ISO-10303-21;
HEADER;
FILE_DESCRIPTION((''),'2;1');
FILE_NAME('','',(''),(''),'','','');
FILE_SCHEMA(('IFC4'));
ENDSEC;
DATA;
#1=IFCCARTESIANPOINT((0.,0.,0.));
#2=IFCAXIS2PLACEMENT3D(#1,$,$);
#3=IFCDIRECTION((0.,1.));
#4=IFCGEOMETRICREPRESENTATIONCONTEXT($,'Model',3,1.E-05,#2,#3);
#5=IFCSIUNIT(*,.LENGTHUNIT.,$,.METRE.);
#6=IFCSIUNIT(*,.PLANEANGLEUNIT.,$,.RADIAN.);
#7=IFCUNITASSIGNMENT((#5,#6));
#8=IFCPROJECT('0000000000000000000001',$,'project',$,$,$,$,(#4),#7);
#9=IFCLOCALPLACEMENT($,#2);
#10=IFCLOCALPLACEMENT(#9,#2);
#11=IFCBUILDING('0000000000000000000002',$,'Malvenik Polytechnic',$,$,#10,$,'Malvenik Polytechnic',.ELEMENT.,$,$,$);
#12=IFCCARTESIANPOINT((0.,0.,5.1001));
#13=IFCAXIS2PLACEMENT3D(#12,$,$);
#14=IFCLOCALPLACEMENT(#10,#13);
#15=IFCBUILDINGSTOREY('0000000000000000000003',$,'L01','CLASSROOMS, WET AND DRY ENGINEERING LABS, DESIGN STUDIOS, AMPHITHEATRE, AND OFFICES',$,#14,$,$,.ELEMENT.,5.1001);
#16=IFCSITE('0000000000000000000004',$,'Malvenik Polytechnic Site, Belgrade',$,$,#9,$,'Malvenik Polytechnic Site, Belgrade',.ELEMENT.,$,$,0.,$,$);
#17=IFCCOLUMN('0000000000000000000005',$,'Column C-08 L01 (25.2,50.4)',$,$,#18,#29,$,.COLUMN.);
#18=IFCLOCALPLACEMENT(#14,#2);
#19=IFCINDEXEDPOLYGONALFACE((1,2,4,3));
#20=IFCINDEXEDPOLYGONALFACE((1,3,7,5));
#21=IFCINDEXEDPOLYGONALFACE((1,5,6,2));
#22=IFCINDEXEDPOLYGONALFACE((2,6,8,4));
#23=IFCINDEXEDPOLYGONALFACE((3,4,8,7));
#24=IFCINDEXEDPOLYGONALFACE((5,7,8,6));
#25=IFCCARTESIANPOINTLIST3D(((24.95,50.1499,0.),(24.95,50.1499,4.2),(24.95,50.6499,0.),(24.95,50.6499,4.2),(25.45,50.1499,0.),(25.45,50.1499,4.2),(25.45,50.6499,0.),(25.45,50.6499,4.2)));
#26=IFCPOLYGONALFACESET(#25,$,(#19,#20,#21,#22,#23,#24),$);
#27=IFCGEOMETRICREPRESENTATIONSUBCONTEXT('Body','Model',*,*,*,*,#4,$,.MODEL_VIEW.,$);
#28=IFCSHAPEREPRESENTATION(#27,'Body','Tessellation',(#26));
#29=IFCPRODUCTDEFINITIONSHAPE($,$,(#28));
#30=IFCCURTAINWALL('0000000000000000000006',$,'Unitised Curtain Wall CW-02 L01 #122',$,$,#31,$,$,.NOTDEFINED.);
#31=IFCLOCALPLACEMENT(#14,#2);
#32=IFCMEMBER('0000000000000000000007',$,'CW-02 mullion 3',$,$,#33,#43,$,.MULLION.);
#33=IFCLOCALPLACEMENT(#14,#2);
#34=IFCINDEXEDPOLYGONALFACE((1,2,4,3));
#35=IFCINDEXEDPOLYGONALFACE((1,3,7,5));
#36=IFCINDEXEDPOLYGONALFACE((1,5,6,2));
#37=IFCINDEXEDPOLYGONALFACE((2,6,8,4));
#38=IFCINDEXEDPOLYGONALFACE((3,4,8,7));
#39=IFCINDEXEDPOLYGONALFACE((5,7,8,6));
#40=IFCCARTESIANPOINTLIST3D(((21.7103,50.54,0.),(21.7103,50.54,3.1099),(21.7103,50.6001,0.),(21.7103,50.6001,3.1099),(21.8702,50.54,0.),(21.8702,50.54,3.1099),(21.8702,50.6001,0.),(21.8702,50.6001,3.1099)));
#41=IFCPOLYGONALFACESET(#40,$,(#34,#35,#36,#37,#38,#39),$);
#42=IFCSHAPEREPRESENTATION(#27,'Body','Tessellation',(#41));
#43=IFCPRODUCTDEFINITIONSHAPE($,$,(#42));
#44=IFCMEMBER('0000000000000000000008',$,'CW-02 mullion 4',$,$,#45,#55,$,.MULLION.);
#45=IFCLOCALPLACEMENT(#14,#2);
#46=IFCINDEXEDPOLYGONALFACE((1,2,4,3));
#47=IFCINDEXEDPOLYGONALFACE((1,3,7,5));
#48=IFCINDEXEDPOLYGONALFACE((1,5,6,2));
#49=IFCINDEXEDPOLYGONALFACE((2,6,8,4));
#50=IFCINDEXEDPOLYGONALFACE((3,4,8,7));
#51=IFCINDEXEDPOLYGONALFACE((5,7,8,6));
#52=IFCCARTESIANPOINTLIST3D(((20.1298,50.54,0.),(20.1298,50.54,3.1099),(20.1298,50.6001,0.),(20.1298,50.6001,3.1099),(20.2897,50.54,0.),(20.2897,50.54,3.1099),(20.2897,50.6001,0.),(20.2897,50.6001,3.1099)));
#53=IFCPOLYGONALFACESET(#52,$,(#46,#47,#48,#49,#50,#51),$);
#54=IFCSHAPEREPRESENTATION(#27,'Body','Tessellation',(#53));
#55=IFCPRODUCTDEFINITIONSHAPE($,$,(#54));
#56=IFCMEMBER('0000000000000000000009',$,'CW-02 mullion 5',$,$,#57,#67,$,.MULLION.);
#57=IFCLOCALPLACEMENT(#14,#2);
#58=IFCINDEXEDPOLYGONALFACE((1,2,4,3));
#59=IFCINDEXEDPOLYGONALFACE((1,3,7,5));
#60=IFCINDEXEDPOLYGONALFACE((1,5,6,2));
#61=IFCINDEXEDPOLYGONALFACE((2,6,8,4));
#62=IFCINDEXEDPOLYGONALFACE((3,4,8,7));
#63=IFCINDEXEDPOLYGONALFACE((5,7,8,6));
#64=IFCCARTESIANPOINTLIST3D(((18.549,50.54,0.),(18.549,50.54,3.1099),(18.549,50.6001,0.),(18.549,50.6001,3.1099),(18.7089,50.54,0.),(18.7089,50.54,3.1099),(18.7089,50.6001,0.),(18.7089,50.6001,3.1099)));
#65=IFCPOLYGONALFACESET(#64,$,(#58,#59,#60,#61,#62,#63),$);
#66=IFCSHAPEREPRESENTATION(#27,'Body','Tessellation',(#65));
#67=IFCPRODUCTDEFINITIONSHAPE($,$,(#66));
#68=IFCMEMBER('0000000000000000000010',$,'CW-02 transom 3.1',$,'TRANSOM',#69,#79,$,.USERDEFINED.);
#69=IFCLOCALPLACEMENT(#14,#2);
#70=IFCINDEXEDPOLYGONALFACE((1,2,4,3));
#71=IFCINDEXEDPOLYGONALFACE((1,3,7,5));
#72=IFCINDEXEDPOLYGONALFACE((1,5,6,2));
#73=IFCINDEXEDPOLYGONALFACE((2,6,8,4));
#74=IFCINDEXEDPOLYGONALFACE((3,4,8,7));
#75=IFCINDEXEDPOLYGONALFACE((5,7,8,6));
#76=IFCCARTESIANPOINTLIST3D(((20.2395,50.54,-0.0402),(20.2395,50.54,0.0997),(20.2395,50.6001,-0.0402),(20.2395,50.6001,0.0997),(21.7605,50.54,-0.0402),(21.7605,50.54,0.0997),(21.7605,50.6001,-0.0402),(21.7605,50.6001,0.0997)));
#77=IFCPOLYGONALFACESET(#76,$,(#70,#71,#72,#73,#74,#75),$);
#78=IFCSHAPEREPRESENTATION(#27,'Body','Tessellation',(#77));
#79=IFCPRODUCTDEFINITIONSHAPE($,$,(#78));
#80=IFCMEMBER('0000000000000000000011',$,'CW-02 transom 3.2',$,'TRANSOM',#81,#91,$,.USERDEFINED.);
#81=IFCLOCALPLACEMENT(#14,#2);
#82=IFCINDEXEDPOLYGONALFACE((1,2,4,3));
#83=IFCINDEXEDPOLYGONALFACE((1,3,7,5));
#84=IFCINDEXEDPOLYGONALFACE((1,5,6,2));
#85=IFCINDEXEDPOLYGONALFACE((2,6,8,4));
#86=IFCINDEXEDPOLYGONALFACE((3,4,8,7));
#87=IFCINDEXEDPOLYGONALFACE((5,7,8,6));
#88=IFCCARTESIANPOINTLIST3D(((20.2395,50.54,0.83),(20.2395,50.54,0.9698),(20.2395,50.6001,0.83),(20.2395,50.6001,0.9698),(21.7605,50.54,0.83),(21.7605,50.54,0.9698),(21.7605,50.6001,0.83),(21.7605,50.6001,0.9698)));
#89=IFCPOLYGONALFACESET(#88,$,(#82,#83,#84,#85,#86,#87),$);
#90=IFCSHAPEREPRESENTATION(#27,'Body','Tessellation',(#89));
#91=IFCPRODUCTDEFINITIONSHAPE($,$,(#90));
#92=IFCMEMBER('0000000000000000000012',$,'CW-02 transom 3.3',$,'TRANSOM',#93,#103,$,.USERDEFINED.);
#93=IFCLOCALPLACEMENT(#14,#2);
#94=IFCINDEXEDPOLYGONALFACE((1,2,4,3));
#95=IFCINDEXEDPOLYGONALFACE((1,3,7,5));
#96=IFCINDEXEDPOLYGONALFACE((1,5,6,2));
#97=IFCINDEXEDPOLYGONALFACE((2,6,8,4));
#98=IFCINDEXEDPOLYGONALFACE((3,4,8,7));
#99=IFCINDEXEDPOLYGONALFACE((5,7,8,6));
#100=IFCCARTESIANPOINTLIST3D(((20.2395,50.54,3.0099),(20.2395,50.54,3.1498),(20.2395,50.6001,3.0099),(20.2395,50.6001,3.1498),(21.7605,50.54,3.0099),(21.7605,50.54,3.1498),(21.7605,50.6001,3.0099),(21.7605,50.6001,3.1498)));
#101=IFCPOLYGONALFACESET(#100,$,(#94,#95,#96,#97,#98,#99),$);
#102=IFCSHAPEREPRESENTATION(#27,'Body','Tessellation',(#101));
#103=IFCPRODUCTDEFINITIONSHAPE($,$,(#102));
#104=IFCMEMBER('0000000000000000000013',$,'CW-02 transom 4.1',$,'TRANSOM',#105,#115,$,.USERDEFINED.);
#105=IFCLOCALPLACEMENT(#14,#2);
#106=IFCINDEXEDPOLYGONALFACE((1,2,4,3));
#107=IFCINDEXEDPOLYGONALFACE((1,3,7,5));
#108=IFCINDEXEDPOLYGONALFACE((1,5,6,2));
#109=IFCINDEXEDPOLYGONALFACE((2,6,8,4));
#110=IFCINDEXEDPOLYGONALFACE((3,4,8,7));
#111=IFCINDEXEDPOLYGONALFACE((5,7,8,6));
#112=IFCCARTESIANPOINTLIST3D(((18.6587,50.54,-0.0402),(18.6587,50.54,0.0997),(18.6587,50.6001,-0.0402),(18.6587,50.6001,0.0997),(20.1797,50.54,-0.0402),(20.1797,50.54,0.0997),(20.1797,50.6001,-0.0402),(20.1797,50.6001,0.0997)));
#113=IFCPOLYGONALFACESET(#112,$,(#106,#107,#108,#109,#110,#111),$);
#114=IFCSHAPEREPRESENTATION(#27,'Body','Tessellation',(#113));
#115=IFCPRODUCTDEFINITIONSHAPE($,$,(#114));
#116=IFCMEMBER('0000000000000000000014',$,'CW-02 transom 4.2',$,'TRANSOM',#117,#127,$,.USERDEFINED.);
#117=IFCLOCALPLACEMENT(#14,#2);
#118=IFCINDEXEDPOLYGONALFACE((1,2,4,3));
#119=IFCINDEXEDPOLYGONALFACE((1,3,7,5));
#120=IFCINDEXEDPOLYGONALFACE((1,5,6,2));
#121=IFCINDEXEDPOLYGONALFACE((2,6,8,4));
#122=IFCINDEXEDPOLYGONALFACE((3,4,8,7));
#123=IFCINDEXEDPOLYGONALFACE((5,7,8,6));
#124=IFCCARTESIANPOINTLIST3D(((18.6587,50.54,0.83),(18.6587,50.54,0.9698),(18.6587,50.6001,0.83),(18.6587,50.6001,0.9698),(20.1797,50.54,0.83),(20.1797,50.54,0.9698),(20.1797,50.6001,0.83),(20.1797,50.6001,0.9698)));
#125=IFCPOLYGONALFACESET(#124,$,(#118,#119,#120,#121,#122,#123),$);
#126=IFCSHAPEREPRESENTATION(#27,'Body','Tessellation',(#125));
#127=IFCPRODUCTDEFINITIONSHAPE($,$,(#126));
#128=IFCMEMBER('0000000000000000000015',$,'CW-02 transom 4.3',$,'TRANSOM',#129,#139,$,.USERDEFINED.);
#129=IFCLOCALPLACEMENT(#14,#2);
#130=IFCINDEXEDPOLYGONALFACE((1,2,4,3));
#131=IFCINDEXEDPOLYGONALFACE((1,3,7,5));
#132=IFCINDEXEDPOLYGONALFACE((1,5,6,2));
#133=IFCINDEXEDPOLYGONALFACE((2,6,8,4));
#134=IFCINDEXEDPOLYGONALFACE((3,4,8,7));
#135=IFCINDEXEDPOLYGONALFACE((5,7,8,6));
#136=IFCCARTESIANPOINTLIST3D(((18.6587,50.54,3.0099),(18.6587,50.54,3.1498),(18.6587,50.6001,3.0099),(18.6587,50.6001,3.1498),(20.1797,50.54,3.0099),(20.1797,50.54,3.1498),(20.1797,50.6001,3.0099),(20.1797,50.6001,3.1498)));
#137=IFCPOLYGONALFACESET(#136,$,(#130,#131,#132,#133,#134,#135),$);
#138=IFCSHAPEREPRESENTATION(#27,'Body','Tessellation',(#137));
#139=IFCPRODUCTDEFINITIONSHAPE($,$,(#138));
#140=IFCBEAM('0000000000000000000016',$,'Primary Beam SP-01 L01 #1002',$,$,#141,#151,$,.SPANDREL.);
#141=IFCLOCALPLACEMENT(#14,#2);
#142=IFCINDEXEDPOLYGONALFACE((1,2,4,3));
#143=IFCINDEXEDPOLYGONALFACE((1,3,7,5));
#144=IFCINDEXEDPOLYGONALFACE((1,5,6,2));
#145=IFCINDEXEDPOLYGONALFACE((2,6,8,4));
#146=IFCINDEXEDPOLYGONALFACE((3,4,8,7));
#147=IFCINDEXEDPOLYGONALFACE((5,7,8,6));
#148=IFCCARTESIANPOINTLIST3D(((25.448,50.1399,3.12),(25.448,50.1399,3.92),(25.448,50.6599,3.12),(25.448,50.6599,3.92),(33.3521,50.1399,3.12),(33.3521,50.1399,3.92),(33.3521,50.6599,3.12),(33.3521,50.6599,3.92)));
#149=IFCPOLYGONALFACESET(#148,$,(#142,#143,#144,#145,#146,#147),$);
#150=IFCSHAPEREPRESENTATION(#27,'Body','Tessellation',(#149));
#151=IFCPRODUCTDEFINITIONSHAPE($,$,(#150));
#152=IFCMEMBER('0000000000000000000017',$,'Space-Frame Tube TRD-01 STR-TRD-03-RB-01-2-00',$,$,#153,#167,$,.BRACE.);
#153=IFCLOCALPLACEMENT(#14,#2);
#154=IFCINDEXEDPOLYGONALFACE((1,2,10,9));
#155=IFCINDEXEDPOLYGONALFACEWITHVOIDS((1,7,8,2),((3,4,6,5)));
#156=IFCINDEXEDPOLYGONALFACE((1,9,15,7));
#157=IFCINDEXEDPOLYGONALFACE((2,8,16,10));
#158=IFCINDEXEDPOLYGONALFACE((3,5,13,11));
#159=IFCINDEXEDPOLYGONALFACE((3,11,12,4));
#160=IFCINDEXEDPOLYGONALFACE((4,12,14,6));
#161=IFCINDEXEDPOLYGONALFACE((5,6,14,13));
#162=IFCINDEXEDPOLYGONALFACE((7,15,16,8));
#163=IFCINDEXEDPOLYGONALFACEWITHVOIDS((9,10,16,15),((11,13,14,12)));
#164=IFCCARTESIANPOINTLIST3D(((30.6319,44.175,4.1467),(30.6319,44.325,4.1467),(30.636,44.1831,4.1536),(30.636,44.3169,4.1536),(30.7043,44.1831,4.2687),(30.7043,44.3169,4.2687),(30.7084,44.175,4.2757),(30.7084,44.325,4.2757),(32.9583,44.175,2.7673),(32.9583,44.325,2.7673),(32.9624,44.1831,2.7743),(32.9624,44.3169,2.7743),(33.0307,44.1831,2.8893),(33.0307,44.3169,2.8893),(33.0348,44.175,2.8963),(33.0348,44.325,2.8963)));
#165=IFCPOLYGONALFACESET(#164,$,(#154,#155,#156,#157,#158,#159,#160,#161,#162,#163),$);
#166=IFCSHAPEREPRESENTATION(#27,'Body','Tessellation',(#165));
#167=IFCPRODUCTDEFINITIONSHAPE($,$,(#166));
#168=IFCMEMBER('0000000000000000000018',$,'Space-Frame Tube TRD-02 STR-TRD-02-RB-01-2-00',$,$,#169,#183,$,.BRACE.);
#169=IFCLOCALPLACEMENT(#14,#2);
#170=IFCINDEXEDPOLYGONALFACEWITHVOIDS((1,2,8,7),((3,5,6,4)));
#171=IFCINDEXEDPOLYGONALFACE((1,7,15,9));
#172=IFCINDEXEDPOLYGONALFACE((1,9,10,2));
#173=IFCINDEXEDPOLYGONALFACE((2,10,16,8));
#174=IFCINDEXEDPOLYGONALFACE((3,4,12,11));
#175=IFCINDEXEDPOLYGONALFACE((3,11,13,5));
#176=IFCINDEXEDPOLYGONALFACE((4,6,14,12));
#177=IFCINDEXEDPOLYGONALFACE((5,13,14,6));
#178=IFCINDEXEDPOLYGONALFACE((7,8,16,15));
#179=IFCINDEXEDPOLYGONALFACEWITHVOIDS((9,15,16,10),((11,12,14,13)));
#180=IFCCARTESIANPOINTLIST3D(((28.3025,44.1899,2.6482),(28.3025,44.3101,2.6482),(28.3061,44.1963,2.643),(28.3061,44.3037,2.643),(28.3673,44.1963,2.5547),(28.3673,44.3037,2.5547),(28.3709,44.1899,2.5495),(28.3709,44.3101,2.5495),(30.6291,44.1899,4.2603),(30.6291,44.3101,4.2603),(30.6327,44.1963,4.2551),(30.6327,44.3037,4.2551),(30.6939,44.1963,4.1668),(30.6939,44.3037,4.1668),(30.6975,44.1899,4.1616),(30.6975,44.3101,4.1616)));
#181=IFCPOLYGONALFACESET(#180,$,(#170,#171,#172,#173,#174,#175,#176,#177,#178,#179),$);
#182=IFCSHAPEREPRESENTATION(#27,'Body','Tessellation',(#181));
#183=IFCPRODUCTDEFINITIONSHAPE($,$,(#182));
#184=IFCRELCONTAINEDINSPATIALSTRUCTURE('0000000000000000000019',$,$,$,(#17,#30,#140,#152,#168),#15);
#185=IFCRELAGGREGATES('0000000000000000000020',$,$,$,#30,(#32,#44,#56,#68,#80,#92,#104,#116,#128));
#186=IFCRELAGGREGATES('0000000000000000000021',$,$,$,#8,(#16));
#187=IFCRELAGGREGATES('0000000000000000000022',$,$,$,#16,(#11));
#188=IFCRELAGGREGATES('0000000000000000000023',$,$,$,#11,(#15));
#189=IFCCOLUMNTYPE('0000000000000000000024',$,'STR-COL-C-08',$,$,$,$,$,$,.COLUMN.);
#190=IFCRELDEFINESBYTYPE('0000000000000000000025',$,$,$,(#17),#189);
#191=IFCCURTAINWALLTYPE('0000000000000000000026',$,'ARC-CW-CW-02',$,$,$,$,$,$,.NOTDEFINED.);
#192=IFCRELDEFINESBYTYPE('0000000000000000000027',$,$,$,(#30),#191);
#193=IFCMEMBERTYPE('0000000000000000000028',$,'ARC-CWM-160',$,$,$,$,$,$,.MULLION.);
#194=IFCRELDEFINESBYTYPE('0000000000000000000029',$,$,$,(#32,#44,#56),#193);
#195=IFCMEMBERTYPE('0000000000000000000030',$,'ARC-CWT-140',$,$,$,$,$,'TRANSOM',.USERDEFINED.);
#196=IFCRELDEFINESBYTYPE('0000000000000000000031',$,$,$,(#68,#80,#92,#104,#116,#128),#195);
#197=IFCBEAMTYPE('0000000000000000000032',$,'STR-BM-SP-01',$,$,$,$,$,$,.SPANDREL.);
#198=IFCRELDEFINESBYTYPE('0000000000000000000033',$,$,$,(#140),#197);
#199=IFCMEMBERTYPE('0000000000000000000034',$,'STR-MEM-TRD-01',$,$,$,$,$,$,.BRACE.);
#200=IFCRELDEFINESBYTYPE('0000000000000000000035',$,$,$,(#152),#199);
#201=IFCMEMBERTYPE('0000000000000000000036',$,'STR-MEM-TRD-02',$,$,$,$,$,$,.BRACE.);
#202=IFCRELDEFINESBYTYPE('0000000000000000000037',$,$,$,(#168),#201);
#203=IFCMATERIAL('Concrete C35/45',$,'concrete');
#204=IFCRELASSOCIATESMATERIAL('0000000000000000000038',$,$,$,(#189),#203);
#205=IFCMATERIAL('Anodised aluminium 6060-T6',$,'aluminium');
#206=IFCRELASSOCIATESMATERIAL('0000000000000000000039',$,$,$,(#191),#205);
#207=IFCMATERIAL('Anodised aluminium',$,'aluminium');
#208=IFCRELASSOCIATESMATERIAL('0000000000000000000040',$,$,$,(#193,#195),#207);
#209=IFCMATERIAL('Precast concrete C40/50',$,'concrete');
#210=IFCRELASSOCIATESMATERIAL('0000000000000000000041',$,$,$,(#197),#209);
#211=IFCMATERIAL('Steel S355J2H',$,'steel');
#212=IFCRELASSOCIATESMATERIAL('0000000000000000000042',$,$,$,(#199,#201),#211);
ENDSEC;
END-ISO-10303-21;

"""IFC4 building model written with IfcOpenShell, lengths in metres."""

from ifc_helpers import new_model, si_unit, direction, frame, origin, origin_2d, place, context, subcontext, project, spatial, rectangle, hollow_rectangle, extrude, material, material_profile, profile_set, type_object, element, aggregate, save


model = new_model("IFC4")

# Units and contexts
model_context = context("Model", 3, precision=1e-05, world=origin(), true_north=direction((0.0, 1.0)))
body_context = subcontext(model_context, "Body", "Model", "MODEL_VIEW")
ifc_project = project(units=[si_unit("LENGTHUNIT", "METRE"), si_unit("PLANEANGLEUNIT", "RADIAN")], contexts=[model_context])

# Site, building, storey
site_placement = place(None, origin())
site = spatial("IfcSite", under=ifc_project, at=site_placement, Name="Malvenik Polytechnic Site, Belgrade", LongName="Malvenik Polytechnic Site, Belgrade", CompositionType="ELEMENT", RefElevation=0.0)
building_placement = place(site_placement, origin())
building = spatial("IfcBuilding", under=site, at=building_placement, Name="Malvenik Polytechnic", LongName="Malvenik Polytechnic", CompositionType="ELEMENT")
storey_placement = place(building_placement, frame((0.0, 0.0, 5.1001)))
storey = spatial("IfcBuildingStorey", under=building, at=storey_placement, Name="L01", Description="CLASSROOMS, WET AND DRY ENGINEERING LABS, DESIGN STUDIOS, AMPHITHEATRE, AND OFFICES", CompositionType="ELEMENT", Elevation=5.1001)

# Column
ifc_material_1 = material(Name="Concrete C35/45", Category="concrete")
ifc_material_profile_1 = material_profile(ifc_material_1, rectangle(XDim=0.5, YDim=0.5, at=origin_2d()), Name="RC COL 500x500")
ifc_profile_set_1 = profile_set([ifc_material_profile_1], Name="Concrete C35/45")
column_type = type_object("IfcColumnType", Name="STR-COL-C-08", PredefinedType="COLUMN", material=ifc_profile_set_1)
column_placement = place(storey_placement, frame((25.2, 50.3999, 0.0), z_axis=(0.0, 0.0, 1.0), x_axis=(1.0, 0.0, 0.0)))
element("IfcColumn", 1, at=column_placement, inside=storey, type_object=column_type, Name="Column C-08 L01 (25.2,50.4)", PredefinedType="COLUMN", context=body_context, shape_type="SweptSolid", body=[
    extrude(rectangle(XDim=0.5, YDim=0.5, at=origin_2d()), origin(), (0.0, 0.0, 1.0), 4.2),
])

# Curtain wall, members
ifc_material_2 = material(Name="Anodised aluminium 6060-T6", Category="aluminium")
curtain_wall_type = type_object("IfcCurtainWallType", Name="ARC-CW-CW-02", PredefinedType="NOTDEFINED", material=ifc_material_2)
curtain_wall_placement = place(storey_placement, origin())
curtain_wall = element("IfcCurtainWall", 2, at=curtain_wall_placement, inside=storey, type_object=curtain_wall_type, Name="Unitised Curtain Wall CW-02 L01 #122", PredefinedType="NOTDEFINED")
ifc_material_3 = material(Name="Anodised aluminium", Category="aluminium")
ifc_material_profile_2 = material_profile(ifc_material_3, rectangle(XDim=0.0601, YDim=0.1599, at=origin_2d()), Name="ALU MULLION 60x160")
ifc_profile_set_2 = profile_set([ifc_material_profile_2], Name="Anodised aluminium")
member_type_1 = type_object("IfcMemberType", Name="ARC-CWM-160", PredefinedType="MULLION", material=ifc_profile_set_2)
member_1_placement = place(storey_placement, frame((21.7903, 50.5701, 0.0), z_axis=(0.0, 0.0, 1.0), x_axis=(0.0, -1.0, 0.0)))
member_1 = element("IfcMember", 3, at=member_1_placement, type_object=member_type_1, Name="CW-02 mullion 3", PredefinedType="MULLION", context=body_context, shape_type="SweptSolid", body=[
    extrude(rectangle(XDim=0.0601, YDim=0.1599, at=origin_2d()), origin(), (0.0, 0.0, 1.0), 3.1099),
])
member_2_placement = place(storey_placement, frame((20.2097, 50.5701, 0.0), z_axis=(0.0, 0.0, 1.0), x_axis=(0.0, -1.0, 0.0)))
member_2 = element("IfcMember", 4, at=member_2_placement, type_object=member_type_1, Name="CW-02 mullion 4", PredefinedType="MULLION", context=body_context, shape_type="SweptSolid", body=[
    extrude(rectangle(XDim=0.0601, YDim=0.1599, at=origin_2d()), origin(), (0.0, 0.0, 1.0), 3.1099),
])
member_3_placement = place(storey_placement, frame((18.6289, 50.5701, 0.0), z_axis=(0.0, 0.0, 1.0), x_axis=(0.0, -1.0, 0.0)))
member_3 = element("IfcMember", 5, at=member_3_placement, type_object=member_type_1, Name="CW-02 mullion 5", PredefinedType="MULLION", context=body_context, shape_type="SweptSolid", body=[
    extrude(rectangle(XDim=0.0601, YDim=0.1599, at=origin_2d()), origin(), (0.0, 0.0, 1.0), 3.1099),
])
ifc_material_profile_3 = material_profile(ifc_material_3, rectangle(XDim=0.0601, YDim=0.1399, at=origin_2d()), Name="ALU TRANSOM 60x140")
ifc_profile_set_3 = profile_set([ifc_material_profile_3], Name="Anodised aluminium")
member_type_2 = type_object("IfcMemberType", Name="ARC-CWT-140", ElementType="TRANSOM", PredefinedType="USERDEFINED", material=ifc_profile_set_3)
member_4_placement = place(storey_placement, frame((21.7605, 50.5701, 0.0298), z_axis=(-1.0, 0.0, 0.0), x_axis=(0.0, -1.0, 0.0)))
member_4 = element("IfcMember", 6, at=member_4_placement, type_object=member_type_2, Name="CW-02 transom 3.1", ObjectType="TRANSOM", PredefinedType="USERDEFINED", context=body_context, shape_type="SweptSolid", body=[
    extrude(rectangle(XDim=0.0601, YDim=0.1399, at=origin_2d()), origin(), (0.0, 0.0, 1.0), 1.521),
])
member_5_placement = place(storey_placement, frame((21.7605, 50.5701, 0.8999), z_axis=(-1.0, 0.0, 0.0), x_axis=(0.0, -1.0, 0.0)))
member_5 = element("IfcMember", 7, at=member_5_placement, type_object=member_type_2, Name="CW-02 transom 3.2", ObjectType="TRANSOM", PredefinedType="USERDEFINED", context=body_context, shape_type="SweptSolid", body=[
    extrude(rectangle(XDim=0.0601, YDim=0.1399, at=origin_2d()), origin(), (0.0, 0.0, 1.0), 1.521),
])
member_6_placement = place(storey_placement, frame((21.7605, 50.5701, 3.0798), z_axis=(-1.0, 0.0, 0.0), x_axis=(0.0, -1.0, 0.0)))
member_6 = element("IfcMember", 8, at=member_6_placement, type_object=member_type_2, Name="CW-02 transom 3.3", ObjectType="TRANSOM", PredefinedType="USERDEFINED", context=body_context, shape_type="SweptSolid", body=[
    extrude(rectangle(XDim=0.0601, YDim=0.1399, at=origin_2d()), origin(), (0.0, 0.0, 1.0), 1.521),
])
member_7_placement = place(storey_placement, frame((20.1797, 50.5701, 0.0298), z_axis=(-1.0, 0.0, 0.0), x_axis=(0.0, -1.0, 0.0)))
member_7 = element("IfcMember", 9, at=member_7_placement, type_object=member_type_2, Name="CW-02 transom 4.1", ObjectType="TRANSOM", PredefinedType="USERDEFINED", context=body_context, shape_type="SweptSolid", body=[
    extrude(rectangle(XDim=0.0601, YDim=0.1399, at=origin_2d()), origin(), (0.0, 0.0, 1.0), 1.521),
])
member_8_placement = place(storey_placement, frame((20.1797, 50.5701, 0.8999), z_axis=(-1.0, 0.0, 0.0), x_axis=(0.0, -1.0, 0.0)))
member_8 = element("IfcMember", 10, at=member_8_placement, type_object=member_type_2, Name="CW-02 transom 4.2", ObjectType="TRANSOM", PredefinedType="USERDEFINED", context=body_context, shape_type="SweptSolid", body=[
    extrude(rectangle(XDim=0.0601, YDim=0.1399, at=origin_2d()), origin(), (0.0, 0.0, 1.0), 1.521),
])
member_9_placement = place(storey_placement, frame((20.1797, 50.5701, 3.0798), z_axis=(-1.0, 0.0, 0.0), x_axis=(0.0, -1.0, 0.0)))
member_9 = element("IfcMember", 11, at=member_9_placement, type_object=member_type_2, Name="CW-02 transom 4.3", ObjectType="TRANSOM", PredefinedType="USERDEFINED", context=body_context, shape_type="SweptSolid", body=[
    extrude(rectangle(XDim=0.0601, YDim=0.1399, at=origin_2d()), origin(), (0.0, 0.0, 1.0), 1.521),
])

# Beam
ifc_material_4 = material(Name="Precast concrete C40/50", Category="concrete")
ifc_material_profile_4 = material_profile(ifc_material_4, rectangle(XDim=0.52, YDim=0.8, at=origin_2d()), Name="PC SPN 520x800")
ifc_profile_set_4 = profile_set([ifc_material_profile_4], Name="Precast concrete C40/50")
beam_type = type_object("IfcBeamType", Name="STR-BM-SP-01", PredefinedType="SPANDREL", material=ifc_profile_set_4)
beam_placement = place(storey_placement, frame((25.448, 50.3999, 3.52), z_axis=(1.0, 0.0, 0.0), x_axis=(0.0, 1.0, 0.0)))
element("IfcBeam", 12, at=beam_placement, inside=storey, type_object=beam_type, Name="Primary Beam SP-01 L01 #1002", PredefinedType="SPANDREL", context=body_context, shape_type="SweptSolid", body=[
    extrude(rectangle(XDim=0.52, YDim=0.8, at=origin_2d()), origin(), (0.0, 0.0, 1.0), 7.9041),
])

# Members
ifc_material_5 = material(Name="Steel S355J2H", Category="steel")
ifc_material_profile_5 = material_profile(ifc_material_5, hollow_rectangle(XDim=0.1499, YDim=0.1499, WallThickness=0.0081, at=origin_2d()), Name="SHS 150x150x8.0")
ifc_profile_set_5 = profile_set([ifc_material_profile_5], Name="Steel S355J2H")
member_type_3 = type_object("IfcMemberType", Name="STR-MEM-TRD-01", PredefinedType="BRACE", material=ifc_profile_set_5)
member_10_placement = place(storey_placement, frame((30.6702, 44.25, 4.2112), z_axis=(0.860165, 0.0, -0.510015), x_axis=(0.0, 1.0, 0.0)))
element("IfcMember", 13, at=member_10_placement, inside=storey, type_object=member_type_3, Name="Space-Frame Tube TRD-01 STR-TRD-03-RB-01-2-00", PredefinedType="BRACE", context=body_context, shape_type="SweptSolid", body=[
    extrude(hollow_rectangle(XDim=0.1499, YDim=0.1499, WallThickness=0.0081, at=origin_2d()), origin(), (0.0, 0.0, 1.0), 2.7046),
])
ifc_material_profile_6 = material_profile(ifc_material_5, hollow_rectangle(XDim=0.1201, YDim=0.1201, WallThickness=0.0063, at=origin_2d()), Name="SHS 120x120x6.3")
ifc_profile_set_6 = profile_set([ifc_material_profile_6], Name="Steel S355J2H")
member_type_4 = type_object("IfcMemberType", Name="STR-MEM-TRD-02", PredefinedType="BRACE", material=ifc_profile_set_6)
member_11_placement = place(storey_placement, frame((28.3367, 44.25, 2.5989), z_axis=(0.821978, 0.0, 0.569519), x_axis=(0.0, 1.0, 0.0)))
element("IfcMember", 14, at=member_11_placement, inside=storey, type_object=member_type_4, Name="Space-Frame Tube TRD-02 STR-TRD-02-RB-01-2-00", PredefinedType="BRACE", context=body_context, shape_type="SweptSolid", body=[
    extrude(hollow_rectangle(XDim=0.1201, YDim=0.1201, WallThickness=0.0063, at=origin_2d()), origin(), (0.0, 0.0, 1.0), 2.8306),
])

aggregate(curtain_wall, [member_1, member_2, member_3, member_4, member_5, member_6, member_7, member_8, member_9])

save(model, "model.ifc")
